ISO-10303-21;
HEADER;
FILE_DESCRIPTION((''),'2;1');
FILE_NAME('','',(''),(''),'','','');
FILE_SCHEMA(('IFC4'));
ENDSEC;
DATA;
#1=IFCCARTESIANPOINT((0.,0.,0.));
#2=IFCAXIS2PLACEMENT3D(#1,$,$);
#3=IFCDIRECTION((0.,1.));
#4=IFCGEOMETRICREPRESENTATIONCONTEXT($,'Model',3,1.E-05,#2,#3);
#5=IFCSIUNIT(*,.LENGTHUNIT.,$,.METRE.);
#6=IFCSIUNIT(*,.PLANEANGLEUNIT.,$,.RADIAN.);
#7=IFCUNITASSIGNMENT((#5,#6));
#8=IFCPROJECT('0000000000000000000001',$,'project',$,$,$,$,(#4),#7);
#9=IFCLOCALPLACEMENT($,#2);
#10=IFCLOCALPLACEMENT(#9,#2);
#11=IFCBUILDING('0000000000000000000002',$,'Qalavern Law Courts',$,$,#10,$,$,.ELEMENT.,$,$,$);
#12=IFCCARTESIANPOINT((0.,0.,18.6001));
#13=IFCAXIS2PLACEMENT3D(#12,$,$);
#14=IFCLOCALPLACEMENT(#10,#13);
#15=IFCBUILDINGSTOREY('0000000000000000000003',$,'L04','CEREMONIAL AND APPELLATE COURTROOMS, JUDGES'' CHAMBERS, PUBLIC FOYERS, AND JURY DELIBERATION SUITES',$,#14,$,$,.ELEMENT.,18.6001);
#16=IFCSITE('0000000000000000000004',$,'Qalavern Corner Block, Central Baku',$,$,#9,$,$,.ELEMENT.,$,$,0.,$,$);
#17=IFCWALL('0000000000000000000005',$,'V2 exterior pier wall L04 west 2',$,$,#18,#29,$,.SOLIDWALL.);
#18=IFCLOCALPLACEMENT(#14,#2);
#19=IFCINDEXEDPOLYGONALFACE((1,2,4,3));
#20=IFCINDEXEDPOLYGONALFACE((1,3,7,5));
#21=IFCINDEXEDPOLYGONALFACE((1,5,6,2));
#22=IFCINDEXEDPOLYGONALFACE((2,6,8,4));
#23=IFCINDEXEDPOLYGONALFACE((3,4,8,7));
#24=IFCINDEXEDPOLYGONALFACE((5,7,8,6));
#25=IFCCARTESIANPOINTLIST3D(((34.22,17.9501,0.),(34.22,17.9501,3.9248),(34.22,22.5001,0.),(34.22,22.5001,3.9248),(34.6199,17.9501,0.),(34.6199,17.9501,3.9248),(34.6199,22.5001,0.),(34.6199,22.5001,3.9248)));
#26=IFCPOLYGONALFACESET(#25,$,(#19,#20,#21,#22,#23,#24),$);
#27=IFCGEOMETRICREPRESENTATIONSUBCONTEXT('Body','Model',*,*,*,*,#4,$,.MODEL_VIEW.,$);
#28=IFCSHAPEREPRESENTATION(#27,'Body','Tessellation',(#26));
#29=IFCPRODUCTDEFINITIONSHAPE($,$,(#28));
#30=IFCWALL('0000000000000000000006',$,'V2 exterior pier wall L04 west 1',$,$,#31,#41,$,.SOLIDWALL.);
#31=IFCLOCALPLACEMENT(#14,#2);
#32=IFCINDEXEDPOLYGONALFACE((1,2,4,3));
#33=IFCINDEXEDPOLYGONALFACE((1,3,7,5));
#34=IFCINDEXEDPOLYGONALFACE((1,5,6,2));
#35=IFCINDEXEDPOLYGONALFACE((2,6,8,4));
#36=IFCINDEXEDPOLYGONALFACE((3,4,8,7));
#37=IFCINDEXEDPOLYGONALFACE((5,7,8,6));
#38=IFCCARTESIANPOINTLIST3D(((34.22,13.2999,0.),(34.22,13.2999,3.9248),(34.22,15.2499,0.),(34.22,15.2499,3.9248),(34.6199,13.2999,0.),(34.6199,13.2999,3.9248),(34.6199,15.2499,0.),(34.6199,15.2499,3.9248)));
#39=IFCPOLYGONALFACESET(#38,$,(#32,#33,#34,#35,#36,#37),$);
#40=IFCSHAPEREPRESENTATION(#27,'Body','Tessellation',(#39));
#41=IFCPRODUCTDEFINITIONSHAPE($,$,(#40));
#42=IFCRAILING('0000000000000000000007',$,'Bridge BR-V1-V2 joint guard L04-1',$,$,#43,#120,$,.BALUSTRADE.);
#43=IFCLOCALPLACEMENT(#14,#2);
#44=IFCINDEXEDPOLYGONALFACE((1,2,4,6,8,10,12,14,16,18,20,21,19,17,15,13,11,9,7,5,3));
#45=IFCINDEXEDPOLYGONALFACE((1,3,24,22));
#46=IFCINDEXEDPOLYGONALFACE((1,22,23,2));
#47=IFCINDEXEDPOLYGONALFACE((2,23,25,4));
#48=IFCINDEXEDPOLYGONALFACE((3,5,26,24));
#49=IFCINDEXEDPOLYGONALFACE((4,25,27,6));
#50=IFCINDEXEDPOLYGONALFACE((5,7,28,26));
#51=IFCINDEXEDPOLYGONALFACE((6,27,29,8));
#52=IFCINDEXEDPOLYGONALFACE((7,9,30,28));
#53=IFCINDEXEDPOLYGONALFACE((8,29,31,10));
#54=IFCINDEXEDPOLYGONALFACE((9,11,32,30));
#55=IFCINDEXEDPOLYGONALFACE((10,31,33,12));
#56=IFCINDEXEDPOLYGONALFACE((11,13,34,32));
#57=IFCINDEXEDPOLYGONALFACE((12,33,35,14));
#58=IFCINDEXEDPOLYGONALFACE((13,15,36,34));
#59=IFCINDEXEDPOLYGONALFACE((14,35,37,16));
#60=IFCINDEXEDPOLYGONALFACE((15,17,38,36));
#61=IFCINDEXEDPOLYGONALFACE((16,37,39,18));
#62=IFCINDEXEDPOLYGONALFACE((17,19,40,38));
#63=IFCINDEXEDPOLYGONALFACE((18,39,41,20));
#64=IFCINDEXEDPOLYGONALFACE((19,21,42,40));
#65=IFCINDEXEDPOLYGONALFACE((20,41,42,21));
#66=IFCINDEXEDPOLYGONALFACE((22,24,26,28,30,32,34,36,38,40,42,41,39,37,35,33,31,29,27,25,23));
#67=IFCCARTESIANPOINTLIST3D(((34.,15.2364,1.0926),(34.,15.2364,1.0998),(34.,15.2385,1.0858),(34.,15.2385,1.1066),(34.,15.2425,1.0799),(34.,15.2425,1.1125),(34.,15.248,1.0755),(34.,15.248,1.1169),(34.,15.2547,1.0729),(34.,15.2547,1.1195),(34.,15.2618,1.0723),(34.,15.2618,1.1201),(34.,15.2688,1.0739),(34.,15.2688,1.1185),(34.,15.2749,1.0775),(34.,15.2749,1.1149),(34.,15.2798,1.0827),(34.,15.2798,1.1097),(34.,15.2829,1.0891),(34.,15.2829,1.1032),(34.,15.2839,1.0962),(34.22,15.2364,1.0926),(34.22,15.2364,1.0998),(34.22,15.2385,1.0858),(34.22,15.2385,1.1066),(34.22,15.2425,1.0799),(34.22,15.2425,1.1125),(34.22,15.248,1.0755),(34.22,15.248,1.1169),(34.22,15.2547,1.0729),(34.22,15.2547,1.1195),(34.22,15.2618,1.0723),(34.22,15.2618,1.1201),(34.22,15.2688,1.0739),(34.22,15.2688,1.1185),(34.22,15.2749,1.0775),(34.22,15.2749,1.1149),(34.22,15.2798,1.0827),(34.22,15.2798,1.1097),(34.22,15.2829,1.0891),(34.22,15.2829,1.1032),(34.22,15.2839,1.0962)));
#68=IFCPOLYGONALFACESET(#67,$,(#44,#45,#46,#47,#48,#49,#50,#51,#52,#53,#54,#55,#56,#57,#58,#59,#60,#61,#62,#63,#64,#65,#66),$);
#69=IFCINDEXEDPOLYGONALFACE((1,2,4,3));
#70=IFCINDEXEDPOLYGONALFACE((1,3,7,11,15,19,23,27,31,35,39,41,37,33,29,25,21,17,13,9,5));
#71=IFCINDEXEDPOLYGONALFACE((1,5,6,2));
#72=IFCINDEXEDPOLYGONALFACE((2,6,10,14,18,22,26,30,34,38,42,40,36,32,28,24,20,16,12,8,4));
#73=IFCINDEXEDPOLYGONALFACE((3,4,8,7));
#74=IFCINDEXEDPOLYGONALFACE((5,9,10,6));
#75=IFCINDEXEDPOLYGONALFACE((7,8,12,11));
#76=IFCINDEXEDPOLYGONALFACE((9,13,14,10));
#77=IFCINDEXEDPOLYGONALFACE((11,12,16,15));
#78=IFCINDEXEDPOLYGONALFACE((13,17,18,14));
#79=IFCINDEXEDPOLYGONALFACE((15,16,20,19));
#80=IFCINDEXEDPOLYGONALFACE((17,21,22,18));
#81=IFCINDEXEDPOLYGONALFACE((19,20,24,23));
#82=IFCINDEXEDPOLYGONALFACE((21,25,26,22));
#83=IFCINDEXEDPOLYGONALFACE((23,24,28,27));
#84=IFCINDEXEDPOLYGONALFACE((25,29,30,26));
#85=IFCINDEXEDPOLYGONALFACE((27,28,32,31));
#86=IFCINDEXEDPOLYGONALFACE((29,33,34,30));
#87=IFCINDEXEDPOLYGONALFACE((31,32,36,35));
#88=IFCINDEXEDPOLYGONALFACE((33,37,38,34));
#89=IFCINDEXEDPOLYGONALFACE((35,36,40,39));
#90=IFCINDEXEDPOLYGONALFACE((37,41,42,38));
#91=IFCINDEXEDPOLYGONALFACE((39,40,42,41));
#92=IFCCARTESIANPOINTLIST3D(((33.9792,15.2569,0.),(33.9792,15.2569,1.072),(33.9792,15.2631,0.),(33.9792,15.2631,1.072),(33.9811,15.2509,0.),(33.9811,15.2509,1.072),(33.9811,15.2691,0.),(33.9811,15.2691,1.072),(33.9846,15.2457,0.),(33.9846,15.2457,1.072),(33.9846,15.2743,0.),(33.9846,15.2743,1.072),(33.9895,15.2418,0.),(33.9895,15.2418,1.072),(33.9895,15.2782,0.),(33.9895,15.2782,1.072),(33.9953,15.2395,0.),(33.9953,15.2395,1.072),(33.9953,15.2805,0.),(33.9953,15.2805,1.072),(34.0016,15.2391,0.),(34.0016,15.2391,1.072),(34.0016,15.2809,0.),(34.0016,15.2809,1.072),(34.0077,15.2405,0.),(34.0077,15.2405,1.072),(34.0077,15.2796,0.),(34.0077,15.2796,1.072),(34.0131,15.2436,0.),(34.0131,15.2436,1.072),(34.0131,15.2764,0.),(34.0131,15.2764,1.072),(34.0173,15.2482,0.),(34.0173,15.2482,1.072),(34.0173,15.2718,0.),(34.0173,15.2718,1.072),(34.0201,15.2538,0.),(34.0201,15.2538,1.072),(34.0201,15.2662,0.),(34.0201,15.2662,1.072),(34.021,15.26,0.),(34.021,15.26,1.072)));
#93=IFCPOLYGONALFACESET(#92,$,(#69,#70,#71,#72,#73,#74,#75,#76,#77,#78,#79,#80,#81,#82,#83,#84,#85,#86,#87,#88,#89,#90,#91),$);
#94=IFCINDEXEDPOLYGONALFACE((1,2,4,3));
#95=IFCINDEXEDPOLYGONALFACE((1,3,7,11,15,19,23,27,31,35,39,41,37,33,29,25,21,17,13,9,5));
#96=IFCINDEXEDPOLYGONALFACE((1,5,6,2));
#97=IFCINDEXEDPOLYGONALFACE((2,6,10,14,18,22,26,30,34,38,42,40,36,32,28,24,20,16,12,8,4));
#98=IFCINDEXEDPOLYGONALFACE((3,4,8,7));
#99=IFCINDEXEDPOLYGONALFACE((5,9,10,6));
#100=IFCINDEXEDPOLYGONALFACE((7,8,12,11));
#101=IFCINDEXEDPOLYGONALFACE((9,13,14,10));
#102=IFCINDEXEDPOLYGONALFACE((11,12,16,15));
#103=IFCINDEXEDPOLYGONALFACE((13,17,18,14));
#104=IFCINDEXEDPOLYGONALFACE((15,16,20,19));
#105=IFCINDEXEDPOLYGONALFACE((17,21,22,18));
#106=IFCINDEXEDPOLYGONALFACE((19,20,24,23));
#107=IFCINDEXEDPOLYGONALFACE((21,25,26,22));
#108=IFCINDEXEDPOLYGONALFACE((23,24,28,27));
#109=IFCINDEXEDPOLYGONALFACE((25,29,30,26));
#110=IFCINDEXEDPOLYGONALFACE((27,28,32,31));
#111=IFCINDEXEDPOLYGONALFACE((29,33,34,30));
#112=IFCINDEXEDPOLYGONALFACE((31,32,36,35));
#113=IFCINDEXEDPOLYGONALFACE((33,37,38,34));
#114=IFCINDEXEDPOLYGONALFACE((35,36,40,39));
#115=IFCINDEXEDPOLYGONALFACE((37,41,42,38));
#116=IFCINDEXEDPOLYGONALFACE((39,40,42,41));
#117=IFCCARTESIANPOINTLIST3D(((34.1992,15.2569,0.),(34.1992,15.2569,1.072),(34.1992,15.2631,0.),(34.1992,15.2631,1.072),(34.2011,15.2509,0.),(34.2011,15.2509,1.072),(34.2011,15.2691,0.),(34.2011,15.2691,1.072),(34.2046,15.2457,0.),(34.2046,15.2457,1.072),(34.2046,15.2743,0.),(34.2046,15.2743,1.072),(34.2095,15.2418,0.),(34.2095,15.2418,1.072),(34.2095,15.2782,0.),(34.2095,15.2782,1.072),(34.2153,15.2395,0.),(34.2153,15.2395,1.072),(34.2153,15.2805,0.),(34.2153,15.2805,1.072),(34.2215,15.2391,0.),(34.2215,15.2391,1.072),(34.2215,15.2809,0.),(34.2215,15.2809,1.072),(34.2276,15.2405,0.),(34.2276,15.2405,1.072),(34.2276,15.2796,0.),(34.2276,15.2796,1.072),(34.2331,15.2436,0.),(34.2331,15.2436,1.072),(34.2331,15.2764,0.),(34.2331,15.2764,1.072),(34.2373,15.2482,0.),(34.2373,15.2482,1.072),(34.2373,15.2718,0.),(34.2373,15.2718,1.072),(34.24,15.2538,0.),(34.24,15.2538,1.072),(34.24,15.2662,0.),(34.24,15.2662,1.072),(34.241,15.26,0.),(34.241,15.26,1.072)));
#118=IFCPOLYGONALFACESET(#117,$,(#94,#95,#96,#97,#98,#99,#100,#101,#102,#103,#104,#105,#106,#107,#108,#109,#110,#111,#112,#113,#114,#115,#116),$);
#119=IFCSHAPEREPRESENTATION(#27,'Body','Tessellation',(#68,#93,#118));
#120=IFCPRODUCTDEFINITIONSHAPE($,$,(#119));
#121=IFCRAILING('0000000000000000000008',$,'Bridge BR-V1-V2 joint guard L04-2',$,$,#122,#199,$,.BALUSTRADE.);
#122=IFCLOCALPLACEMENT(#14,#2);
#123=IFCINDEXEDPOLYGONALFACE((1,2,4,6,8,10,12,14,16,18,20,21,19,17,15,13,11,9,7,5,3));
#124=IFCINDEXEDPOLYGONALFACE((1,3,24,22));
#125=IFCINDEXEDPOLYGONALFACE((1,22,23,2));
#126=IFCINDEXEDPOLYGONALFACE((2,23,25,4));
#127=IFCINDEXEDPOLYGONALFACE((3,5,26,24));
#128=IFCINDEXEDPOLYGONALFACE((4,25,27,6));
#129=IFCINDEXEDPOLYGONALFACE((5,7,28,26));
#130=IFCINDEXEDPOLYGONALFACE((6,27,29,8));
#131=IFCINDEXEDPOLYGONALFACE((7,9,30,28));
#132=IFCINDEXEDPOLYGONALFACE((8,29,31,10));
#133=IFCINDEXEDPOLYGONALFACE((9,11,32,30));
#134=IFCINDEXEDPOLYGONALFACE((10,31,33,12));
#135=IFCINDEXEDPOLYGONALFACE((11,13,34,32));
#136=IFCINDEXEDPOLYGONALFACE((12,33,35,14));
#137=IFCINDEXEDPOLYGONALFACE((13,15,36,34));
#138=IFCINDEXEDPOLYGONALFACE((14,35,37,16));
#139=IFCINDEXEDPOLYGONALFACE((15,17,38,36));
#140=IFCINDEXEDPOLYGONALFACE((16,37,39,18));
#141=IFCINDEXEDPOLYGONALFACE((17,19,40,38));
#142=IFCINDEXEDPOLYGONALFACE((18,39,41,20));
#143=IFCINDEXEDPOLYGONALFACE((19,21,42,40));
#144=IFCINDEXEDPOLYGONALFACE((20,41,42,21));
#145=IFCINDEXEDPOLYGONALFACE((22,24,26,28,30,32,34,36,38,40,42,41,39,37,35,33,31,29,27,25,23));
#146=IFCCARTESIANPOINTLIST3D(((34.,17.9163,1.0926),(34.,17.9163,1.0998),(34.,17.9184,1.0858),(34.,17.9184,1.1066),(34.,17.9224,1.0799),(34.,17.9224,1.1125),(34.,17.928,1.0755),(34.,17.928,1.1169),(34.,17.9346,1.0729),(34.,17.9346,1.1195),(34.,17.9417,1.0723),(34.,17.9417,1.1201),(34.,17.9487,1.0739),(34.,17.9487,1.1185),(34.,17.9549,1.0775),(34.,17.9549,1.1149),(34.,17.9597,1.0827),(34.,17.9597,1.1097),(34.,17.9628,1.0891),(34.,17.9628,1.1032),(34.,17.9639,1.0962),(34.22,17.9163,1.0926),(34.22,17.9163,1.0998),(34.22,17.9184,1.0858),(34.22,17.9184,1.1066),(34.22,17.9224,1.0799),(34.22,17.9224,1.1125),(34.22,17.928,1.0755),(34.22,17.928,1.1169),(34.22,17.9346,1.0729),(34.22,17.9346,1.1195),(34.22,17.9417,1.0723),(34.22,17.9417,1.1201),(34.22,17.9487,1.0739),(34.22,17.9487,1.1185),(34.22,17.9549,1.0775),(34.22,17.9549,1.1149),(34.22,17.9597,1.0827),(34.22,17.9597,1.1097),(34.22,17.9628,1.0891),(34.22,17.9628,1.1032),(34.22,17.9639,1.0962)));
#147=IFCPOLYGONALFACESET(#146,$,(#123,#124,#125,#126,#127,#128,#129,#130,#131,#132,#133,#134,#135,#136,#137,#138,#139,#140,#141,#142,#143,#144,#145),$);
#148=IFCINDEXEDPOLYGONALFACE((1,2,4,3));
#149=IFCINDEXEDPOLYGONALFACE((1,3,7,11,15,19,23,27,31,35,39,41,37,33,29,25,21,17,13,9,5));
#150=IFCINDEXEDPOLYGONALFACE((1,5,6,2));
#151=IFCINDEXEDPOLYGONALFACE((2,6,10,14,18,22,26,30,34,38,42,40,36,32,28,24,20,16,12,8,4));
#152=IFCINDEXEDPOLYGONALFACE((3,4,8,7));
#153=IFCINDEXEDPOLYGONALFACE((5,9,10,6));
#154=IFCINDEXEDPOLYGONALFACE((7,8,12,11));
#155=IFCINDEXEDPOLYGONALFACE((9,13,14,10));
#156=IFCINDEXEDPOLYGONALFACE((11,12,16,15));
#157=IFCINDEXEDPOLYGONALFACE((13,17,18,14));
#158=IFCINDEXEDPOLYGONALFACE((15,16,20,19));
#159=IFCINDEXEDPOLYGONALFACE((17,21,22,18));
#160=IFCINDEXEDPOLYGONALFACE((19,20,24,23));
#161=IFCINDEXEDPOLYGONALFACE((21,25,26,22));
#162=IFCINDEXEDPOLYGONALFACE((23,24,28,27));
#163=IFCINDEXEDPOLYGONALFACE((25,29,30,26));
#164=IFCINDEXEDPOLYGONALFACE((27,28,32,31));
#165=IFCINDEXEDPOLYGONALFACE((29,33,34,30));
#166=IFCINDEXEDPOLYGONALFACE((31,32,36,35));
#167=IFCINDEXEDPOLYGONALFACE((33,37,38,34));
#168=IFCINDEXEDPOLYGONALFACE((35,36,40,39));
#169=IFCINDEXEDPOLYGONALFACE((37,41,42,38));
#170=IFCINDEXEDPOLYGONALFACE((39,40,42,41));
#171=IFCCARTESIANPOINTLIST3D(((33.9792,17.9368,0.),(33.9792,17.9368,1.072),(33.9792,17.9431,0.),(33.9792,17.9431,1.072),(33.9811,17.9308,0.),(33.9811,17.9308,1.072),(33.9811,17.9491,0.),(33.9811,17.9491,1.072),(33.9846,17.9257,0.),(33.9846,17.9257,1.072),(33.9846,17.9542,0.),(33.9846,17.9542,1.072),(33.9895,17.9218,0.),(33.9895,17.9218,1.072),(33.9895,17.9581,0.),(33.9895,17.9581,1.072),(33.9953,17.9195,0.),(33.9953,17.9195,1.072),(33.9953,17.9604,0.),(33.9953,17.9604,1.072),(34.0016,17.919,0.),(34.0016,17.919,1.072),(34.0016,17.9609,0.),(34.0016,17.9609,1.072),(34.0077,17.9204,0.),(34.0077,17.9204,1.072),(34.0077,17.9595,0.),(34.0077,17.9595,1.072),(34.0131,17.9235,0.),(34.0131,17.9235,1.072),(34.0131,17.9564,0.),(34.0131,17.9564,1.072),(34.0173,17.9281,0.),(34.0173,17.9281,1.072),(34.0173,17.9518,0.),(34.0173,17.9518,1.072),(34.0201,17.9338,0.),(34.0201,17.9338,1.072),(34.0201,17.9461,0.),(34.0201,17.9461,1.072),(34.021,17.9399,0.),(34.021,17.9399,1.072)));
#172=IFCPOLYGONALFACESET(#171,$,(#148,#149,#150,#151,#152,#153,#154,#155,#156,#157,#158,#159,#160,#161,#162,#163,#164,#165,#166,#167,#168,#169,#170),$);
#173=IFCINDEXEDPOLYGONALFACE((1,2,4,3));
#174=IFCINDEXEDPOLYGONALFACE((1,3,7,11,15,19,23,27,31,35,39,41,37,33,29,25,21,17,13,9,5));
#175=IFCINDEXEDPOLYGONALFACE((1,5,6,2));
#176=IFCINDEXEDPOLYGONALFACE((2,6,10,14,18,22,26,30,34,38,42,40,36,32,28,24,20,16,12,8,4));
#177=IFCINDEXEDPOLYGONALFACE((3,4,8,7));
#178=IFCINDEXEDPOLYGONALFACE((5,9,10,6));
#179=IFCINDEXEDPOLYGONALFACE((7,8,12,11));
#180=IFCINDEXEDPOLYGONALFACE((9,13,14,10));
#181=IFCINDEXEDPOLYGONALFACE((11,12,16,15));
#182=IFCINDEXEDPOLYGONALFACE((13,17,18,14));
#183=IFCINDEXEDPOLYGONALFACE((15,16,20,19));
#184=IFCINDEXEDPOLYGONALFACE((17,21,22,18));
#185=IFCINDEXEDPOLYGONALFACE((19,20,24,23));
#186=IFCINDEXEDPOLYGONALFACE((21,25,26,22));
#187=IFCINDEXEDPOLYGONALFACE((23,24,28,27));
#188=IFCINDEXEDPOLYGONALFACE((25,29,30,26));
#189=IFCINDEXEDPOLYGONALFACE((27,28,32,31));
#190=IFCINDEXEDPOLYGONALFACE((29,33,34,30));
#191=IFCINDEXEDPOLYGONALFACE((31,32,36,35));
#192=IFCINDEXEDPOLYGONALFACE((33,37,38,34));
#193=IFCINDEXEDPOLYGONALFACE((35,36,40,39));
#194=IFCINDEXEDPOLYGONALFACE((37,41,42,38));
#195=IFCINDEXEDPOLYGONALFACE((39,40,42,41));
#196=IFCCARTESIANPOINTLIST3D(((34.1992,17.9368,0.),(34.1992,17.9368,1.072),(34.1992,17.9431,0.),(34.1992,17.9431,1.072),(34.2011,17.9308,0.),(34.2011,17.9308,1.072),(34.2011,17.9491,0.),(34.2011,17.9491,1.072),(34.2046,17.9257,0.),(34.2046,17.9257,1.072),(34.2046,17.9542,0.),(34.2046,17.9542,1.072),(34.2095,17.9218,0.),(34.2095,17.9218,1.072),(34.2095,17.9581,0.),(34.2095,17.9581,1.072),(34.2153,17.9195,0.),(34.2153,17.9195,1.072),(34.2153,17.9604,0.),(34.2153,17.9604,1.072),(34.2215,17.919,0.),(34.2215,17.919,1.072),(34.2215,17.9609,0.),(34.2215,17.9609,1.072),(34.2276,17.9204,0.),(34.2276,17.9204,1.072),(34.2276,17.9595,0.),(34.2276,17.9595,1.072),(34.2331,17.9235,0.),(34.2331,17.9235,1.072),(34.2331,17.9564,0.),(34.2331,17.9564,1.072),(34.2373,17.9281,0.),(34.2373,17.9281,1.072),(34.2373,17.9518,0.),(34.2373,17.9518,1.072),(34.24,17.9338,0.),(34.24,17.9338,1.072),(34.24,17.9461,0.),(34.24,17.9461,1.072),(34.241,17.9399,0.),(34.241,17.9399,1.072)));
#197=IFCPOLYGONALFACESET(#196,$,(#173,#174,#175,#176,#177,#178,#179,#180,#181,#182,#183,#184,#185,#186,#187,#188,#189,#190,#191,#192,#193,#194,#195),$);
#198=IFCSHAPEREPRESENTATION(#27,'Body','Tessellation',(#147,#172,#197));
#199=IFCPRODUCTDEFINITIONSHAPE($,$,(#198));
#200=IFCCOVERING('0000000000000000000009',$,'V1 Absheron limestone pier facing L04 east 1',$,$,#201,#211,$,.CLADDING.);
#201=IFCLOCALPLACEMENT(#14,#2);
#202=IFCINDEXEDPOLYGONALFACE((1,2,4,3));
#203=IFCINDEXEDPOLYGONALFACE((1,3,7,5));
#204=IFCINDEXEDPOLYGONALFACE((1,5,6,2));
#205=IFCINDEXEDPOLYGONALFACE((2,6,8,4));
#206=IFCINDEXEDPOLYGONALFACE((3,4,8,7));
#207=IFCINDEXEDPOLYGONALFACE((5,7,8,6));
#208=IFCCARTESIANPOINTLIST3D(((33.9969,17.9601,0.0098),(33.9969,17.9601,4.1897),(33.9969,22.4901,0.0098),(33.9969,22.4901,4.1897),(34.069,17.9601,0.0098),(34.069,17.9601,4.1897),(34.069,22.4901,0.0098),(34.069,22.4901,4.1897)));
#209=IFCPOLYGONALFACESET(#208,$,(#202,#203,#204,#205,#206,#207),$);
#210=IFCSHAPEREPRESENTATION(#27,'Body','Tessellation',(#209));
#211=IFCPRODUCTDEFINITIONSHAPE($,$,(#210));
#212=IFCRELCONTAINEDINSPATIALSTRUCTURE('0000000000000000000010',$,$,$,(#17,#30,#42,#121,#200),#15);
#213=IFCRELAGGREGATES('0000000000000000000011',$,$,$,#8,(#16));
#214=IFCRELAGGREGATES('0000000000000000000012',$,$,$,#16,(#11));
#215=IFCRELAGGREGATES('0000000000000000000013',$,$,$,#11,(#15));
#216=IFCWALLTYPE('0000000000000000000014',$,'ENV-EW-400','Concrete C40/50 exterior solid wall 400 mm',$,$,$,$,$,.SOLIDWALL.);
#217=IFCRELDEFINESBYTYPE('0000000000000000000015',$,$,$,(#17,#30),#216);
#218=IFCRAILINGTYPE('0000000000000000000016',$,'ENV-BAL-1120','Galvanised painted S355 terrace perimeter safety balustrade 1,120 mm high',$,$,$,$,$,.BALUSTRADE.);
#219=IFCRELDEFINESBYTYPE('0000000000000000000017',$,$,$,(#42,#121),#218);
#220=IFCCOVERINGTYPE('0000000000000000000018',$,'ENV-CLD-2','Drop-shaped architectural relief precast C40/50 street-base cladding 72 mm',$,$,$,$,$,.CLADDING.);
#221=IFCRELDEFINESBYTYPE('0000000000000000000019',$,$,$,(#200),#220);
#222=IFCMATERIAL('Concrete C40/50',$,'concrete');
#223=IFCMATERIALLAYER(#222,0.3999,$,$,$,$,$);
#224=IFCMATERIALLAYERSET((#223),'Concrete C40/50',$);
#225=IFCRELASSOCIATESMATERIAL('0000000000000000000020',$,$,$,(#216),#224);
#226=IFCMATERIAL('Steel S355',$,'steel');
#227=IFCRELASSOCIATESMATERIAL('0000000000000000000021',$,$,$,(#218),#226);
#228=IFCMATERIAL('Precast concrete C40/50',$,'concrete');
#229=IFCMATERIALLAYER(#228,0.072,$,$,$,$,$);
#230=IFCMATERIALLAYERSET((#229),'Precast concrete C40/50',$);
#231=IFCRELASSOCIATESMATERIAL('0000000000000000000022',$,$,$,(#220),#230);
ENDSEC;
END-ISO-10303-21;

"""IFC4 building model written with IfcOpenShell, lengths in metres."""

from ifc_helpers import new_model, si_unit, direction, frame, frame_2d, origin, origin_2d, place, context, subcontext, project, spatial, rectangle, circle, extrude, material, layer, layer_set, type_object, element, save


model = new_model("IFC4")

# Units and contexts
model_context = context("Model", 3, precision=1e-05, world=origin(), true_north=direction((0.0, 1.0)))
body_context = subcontext(model_context, "Body", "Model", "MODEL_VIEW")
ifc_project = project(units=[si_unit("LENGTHUNIT", "METRE"), si_unit("PLANEANGLEUNIT", "RADIAN")], contexts=[model_context])

# Site, building, storey
site_placement = place(None, origin())
site = spatial("IfcSite", under=ifc_project, at=site_placement, Name="Qalavern Corner Block, Central Baku", CompositionType="ELEMENT", RefElevation=0.0)
building_placement = place(site_placement, origin())
building = spatial("IfcBuilding", under=site, at=building_placement, Name="Qalavern Law Courts", CompositionType="ELEMENT")
storey_placement = place(building_placement, frame((0.0, 0.0, 18.6001)))
storey = spatial("IfcBuildingStorey", under=building, at=storey_placement, Name="L04", Description="CEREMONIAL AND APPELLATE COURTROOMS, JUDGES' CHAMBERS, PUBLIC FOYERS, AND JURY DELIBERATION SUITES", CompositionType="ELEMENT", Elevation=18.6001)

# Walls
ifc_material_1 = material(Name="Concrete C40/50", Category="concrete")
ifc_layer_1 = layer(ifc_material_1, 0.3999)
ifc_layer_set_1 = layer_set([ifc_layer_1], Name="Concrete C40/50")
wall_type = type_object("IfcWallType", Name="ENV-EW-400", Description="Concrete C40/50 exterior solid wall 400 mm", PredefinedType="SOLIDWALL", material=ifc_layer_set_1)
wall_1_placement = place(storey_placement, frame((34.4199, 22.5, 0.0), z_axis=(0.0, 0.0, 1.0), x_axis=(0.0, -1.0, 0.0)))
element("IfcWall", 1, at=wall_1_placement, inside=storey, type_object=wall_type, Name="V2 exterior pier wall L04 west 2", PredefinedType="SOLIDWALL", context=body_context, shape_type="SweptSolid", body=[
    extrude(rectangle(XDim=4.55, YDim=0.3999, at=frame_2d((2.2749, 0.0))), origin(), (0.0, 0.0, 1.0), 3.9248),
])
wall_2_placement = place(storey_placement, frame((34.4199, 15.25, 0.0), z_axis=(0.0, 0.0, 1.0), x_axis=(0.0, -1.0, 0.0)))
element("IfcWall", 2, at=wall_2_placement, inside=storey, type_object=wall_type, Name="V2 exterior pier wall L04 west 1", PredefinedType="SOLIDWALL", context=body_context, shape_type="SweptSolid", body=[
    extrude(rectangle(XDim=1.95, YDim=0.3999, at=frame_2d((0.9751, 0.0))), origin(), (0.0, 0.0, 1.0), 3.9248),
])

# Railings
ifc_material_2 = material(Name="Steel S355", Category="steel")
railing_type = type_object("IfcRailingType", Name="ENV-BAL-1120", Description="Galvanised painted S355 terrace perimeter safety balustrade 1,120 mm high", PredefinedType="BALUSTRADE", material=ifc_material_2)
for number, where, name in (
    (3, (34.0, 15.26, 0.0), "Bridge BR-V1-V2 joint guard L04-1"),
    (4, (34.0, 17.9399, 0.0), "Bridge BR-V1-V2 joint guard L04-2"),
):
    element("IfcRailing", number, at=place(storey_placement, frame(where)), inside=storey, type_object=railing_type, Name=name, PredefinedType="BALUSTRADE", context=body_context, shape_type="SweptSolid", body=[
        extrude(circle(Radius=0.0239, at=origin_2d()), frame((0.0, 0.0, 1.0962), z_axis=(1.0, 0.0, 0.0), x_axis=(0.0, 1.0, 0.0)), (0.0, 0.0, 1.0), 0.22),
        extrude(circle(Radius=0.021, at=origin_2d()), origin(), (0.0, 0.0, 1.0), 1.072),
        extrude(circle(Radius=0.021, at=origin_2d()), frame((0.22, 0.0, 0.0)), (0.0, 0.0, 1.0), 1.072),
    ])

# Covering
ifc_material_3 = material(Name="Precast concrete C40/50", Category="concrete")
ifc_layer_2 = layer(ifc_material_3, 0.072)
ifc_layer_set_2 = layer_set([ifc_layer_2], Name="Precast concrete C40/50")
covering_type = type_object("IfcCoveringType", Name="ENV-CLD-2", Description="Drop-shaped architectural relief precast C40/50 street-base cladding 72 mm", PredefinedType="CLADDING", material=ifc_layer_set_2)
for number, where, z_axis, x_axis, name in (
    (5, (34.033, 20.2251, 0.0098), (0.0, 0.0, 1.0), (0.0, 1.0, 0.0), "V1 Absheron limestone pier facing L04 east 1"),
):
    element("IfcCovering", number, at=place(storey_placement, frame(where, z_axis=z_axis, x_axis=x_axis)), inside=storey, type_object=covering_type, Name=name, PredefinedType="CLADDING", context=body_context, shape_type="SweptSolid", body=[
        extrude(rectangle(XDim=4.53, YDim=0.072, at=origin_2d()), origin(), (0.0, 0.0, 1.0), 4.1799),
    ])

save(model, "model.ifc")
